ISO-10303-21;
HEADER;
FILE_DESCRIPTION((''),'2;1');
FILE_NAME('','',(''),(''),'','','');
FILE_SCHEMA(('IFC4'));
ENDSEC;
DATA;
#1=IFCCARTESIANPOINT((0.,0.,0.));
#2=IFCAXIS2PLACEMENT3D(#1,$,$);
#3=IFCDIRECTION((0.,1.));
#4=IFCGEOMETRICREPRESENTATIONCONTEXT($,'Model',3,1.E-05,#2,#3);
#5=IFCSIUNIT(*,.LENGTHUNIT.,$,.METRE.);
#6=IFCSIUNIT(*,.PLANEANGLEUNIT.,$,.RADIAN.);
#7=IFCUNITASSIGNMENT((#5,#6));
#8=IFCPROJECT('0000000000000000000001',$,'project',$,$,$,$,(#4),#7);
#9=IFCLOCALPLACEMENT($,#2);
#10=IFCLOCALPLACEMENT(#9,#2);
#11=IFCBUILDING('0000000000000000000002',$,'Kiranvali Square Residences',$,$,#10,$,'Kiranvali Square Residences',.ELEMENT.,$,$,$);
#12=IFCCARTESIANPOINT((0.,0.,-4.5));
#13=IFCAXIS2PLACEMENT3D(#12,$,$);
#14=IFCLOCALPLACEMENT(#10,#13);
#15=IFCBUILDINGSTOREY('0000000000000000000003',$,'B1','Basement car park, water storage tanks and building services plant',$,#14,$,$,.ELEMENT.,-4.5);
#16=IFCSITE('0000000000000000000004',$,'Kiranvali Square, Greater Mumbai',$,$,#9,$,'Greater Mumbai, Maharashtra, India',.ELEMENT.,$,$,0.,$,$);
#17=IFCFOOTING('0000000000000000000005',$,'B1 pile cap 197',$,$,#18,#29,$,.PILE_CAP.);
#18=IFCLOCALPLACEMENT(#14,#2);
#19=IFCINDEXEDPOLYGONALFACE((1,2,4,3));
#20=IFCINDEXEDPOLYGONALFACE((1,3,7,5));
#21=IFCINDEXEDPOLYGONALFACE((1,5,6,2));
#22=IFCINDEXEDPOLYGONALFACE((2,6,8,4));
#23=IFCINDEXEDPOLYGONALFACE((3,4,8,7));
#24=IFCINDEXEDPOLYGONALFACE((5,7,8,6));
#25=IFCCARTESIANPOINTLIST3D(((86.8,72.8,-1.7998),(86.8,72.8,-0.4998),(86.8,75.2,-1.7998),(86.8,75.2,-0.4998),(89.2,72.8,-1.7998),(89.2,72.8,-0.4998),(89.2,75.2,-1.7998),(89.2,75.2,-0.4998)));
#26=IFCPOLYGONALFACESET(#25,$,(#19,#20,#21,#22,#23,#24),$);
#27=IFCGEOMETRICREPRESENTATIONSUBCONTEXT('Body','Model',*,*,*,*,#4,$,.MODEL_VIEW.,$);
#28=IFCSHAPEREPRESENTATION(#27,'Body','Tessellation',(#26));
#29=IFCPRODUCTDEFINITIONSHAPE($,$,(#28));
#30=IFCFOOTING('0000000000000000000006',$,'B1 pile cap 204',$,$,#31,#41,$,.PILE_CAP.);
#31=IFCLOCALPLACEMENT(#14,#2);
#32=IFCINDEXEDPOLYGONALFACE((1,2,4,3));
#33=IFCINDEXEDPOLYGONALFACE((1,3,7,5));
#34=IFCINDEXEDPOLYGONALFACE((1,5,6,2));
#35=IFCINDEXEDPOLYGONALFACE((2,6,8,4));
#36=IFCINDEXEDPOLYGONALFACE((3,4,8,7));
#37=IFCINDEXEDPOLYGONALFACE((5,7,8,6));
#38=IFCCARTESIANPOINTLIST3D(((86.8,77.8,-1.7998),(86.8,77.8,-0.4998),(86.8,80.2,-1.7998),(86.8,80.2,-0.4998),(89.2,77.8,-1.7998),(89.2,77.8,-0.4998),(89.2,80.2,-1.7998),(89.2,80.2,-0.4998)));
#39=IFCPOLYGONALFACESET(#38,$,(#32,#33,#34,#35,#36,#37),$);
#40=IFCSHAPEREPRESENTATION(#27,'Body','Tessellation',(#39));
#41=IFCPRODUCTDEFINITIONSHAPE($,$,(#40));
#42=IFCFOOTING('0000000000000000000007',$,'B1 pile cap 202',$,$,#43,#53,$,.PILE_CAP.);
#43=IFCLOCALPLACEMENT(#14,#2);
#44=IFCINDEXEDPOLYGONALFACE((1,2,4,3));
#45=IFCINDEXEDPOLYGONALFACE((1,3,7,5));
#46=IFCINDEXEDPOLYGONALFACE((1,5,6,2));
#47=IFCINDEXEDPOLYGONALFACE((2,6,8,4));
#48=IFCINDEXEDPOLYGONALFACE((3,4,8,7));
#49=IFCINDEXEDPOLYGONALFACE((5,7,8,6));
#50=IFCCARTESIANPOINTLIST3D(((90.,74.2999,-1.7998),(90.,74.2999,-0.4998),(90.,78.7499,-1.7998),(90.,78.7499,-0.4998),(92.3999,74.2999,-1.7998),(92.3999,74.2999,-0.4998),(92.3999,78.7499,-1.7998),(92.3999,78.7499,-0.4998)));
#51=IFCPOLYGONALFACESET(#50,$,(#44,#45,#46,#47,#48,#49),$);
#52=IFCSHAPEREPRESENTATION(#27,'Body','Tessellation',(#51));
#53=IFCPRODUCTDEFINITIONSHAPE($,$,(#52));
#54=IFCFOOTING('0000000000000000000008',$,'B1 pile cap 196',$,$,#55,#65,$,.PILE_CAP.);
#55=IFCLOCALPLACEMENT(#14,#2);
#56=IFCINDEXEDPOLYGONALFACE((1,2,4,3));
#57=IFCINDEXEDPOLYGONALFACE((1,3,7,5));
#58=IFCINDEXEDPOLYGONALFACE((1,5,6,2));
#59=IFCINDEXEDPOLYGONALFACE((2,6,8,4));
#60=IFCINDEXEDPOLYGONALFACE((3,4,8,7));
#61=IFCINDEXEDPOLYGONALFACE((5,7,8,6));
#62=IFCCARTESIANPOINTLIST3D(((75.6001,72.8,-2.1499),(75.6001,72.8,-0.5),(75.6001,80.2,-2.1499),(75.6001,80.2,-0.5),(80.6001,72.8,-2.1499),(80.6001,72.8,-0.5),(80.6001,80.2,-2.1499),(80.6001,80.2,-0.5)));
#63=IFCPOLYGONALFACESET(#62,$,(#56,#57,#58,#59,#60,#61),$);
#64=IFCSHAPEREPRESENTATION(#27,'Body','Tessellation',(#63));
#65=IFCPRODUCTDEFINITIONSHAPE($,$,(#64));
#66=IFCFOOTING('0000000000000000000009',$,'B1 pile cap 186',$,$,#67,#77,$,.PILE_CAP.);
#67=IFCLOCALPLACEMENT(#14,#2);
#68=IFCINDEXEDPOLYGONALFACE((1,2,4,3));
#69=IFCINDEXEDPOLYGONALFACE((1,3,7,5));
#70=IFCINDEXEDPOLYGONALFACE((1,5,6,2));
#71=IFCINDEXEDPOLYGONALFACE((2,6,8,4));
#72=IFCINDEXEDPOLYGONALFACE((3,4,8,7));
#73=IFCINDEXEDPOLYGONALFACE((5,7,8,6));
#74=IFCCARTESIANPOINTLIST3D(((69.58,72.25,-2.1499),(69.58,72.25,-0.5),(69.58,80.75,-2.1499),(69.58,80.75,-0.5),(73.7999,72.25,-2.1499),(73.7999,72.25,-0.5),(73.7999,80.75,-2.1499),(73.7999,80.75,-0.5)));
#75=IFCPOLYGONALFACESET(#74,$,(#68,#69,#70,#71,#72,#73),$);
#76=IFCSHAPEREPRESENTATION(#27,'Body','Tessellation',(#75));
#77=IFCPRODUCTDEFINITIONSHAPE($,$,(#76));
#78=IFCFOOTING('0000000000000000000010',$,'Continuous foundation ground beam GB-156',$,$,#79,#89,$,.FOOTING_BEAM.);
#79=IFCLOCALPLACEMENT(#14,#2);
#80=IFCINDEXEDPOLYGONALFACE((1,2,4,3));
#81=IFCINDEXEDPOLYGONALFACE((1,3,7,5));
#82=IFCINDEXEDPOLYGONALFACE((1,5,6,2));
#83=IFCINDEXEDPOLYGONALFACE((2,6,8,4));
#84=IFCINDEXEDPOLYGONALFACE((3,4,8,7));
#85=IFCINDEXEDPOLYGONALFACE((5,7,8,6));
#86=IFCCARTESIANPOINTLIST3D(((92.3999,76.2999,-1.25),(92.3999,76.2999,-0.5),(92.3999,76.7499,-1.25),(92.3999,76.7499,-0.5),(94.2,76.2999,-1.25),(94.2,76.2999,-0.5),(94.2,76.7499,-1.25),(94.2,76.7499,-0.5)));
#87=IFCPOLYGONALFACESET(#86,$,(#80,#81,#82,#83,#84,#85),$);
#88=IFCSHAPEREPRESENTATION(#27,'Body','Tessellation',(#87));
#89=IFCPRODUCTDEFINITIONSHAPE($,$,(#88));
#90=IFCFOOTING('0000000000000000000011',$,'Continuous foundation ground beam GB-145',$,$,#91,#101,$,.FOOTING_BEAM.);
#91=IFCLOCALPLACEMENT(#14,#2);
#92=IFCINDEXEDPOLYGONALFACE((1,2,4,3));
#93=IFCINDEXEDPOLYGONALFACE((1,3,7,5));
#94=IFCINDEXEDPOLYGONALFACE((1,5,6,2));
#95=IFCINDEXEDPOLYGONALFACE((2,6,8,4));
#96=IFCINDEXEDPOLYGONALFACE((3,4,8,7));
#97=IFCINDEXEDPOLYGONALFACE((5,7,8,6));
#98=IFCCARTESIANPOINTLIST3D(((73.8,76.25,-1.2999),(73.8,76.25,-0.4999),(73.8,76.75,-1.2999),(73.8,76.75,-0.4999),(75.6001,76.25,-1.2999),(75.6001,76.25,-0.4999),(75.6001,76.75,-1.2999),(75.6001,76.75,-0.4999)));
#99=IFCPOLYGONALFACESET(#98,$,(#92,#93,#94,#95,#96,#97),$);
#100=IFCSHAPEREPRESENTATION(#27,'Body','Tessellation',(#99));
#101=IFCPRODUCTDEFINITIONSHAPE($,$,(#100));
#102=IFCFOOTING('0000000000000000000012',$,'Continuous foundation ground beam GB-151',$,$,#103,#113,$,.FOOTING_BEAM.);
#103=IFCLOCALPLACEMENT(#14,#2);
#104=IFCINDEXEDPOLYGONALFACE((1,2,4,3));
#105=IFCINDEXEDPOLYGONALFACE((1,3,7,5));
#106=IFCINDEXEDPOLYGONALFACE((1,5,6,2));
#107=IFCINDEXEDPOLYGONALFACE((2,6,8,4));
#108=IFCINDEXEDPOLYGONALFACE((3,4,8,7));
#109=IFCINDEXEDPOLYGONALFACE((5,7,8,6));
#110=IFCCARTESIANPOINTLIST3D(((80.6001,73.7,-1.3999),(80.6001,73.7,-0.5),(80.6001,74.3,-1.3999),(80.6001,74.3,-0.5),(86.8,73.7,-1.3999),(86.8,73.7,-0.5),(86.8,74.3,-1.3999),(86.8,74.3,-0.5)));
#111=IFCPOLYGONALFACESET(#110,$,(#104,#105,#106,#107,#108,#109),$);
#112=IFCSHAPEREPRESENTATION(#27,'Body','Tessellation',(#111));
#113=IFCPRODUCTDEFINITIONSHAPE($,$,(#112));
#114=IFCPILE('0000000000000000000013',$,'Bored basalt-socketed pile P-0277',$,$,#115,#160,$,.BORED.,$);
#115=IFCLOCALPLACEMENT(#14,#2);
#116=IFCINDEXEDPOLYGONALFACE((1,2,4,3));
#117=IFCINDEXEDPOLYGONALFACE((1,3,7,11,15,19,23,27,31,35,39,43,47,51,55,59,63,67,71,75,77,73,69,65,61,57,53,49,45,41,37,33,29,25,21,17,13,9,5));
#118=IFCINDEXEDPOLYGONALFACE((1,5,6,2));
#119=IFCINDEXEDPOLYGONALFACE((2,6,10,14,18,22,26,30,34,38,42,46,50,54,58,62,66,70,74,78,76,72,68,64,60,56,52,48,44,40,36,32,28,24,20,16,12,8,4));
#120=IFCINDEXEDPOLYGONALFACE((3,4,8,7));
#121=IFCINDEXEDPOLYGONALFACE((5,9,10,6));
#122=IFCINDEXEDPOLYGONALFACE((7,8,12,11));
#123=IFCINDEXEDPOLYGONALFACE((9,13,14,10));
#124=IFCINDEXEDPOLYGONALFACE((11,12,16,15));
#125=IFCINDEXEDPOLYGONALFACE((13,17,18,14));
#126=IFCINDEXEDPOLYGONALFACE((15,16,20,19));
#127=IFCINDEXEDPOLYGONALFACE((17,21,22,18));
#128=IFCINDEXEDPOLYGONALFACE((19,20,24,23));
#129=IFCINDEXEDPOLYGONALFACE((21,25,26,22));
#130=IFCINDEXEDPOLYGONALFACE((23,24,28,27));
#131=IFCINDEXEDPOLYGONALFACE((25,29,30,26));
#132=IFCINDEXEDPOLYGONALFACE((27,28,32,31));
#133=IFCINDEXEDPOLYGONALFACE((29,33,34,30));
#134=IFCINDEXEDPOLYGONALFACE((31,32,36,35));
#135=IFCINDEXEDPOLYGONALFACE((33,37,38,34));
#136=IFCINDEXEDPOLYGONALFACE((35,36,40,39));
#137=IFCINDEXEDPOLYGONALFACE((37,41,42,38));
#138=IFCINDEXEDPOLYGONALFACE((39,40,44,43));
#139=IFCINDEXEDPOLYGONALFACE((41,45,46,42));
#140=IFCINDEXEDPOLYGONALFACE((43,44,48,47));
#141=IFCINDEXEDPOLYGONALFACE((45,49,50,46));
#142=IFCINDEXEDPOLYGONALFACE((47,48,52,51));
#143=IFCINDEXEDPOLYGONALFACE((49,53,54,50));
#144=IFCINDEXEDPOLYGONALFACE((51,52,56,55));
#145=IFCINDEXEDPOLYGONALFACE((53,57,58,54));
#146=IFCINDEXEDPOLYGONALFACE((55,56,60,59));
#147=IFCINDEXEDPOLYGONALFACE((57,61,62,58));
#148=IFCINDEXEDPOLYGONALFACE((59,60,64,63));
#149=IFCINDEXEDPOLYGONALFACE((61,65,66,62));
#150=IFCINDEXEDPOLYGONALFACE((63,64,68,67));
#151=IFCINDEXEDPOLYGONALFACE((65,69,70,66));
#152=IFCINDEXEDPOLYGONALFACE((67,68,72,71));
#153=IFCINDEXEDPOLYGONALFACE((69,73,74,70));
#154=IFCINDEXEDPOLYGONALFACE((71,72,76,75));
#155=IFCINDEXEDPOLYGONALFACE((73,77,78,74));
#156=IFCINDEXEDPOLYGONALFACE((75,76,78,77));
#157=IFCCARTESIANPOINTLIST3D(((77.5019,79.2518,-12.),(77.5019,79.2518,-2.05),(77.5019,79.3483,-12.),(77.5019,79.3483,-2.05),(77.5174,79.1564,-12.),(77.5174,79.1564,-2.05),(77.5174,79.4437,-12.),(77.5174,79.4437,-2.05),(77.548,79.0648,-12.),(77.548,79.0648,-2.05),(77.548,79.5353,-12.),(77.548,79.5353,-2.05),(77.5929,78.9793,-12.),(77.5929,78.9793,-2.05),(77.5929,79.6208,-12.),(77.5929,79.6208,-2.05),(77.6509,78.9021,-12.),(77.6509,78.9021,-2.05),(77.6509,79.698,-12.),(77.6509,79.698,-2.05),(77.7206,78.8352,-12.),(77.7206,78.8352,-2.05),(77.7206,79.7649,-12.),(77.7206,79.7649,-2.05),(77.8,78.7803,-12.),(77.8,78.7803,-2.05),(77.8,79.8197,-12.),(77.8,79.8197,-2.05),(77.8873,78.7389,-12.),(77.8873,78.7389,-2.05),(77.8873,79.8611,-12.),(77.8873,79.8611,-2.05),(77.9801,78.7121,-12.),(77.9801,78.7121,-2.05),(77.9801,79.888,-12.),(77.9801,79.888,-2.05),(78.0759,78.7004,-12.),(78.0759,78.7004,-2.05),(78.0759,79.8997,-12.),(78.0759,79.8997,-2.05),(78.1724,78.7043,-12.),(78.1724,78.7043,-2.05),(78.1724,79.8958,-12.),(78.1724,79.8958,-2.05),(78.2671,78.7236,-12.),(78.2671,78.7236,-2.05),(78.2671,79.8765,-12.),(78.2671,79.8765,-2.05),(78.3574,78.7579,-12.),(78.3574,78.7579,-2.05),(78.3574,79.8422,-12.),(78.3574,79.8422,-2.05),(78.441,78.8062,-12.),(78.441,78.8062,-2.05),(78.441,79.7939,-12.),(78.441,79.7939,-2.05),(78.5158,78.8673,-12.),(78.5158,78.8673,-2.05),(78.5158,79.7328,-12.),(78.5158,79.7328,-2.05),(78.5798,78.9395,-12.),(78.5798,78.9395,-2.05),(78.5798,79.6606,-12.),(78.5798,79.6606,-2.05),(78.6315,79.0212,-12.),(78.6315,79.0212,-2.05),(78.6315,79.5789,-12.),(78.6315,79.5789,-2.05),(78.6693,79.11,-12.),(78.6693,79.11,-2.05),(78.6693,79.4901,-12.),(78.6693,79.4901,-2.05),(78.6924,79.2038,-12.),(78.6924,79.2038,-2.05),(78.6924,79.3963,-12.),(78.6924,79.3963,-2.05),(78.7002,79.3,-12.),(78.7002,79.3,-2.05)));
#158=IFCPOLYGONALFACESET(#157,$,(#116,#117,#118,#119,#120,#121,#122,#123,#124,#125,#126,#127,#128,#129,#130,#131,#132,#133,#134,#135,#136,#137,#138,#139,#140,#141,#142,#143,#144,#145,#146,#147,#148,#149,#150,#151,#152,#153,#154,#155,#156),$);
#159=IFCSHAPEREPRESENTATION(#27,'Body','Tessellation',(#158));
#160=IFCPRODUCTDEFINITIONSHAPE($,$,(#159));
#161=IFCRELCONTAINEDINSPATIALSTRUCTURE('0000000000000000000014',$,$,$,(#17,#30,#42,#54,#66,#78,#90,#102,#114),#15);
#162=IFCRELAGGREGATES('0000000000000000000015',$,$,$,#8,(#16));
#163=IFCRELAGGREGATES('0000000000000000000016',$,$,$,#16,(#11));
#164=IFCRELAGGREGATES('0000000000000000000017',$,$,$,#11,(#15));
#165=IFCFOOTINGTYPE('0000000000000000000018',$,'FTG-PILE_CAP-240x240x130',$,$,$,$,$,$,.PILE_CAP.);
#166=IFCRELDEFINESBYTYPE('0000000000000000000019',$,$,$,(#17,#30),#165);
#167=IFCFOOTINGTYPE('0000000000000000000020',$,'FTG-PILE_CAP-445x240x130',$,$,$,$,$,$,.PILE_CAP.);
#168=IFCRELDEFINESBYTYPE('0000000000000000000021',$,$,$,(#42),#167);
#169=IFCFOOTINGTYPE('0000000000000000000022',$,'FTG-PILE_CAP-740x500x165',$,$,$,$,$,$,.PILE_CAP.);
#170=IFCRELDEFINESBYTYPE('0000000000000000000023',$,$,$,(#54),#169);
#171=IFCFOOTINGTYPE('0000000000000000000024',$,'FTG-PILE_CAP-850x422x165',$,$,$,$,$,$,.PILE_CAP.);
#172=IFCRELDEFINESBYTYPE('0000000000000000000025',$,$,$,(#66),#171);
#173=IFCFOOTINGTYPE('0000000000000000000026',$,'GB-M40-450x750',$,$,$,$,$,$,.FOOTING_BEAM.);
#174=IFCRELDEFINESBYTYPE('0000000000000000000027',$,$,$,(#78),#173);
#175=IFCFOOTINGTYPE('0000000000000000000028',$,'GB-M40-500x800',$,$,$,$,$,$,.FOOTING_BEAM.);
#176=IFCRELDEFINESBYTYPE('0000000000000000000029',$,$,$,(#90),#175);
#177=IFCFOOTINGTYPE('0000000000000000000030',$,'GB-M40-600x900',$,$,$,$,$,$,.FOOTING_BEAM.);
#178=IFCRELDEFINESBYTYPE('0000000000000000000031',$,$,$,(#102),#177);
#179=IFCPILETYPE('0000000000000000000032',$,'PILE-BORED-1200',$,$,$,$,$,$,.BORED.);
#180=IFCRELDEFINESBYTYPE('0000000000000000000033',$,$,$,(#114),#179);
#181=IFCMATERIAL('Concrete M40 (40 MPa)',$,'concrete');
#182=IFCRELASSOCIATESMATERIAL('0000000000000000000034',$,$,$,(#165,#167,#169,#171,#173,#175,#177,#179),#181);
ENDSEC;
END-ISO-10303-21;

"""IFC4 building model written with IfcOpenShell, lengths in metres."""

from ifc_helpers import new_model, si_unit, direction, frame, origin, origin_2d, place, context, subcontext, project, spatial, rectangle, circle, extrude, material, material_profile, profile_set, type_object, element, save


model = new_model("IFC4")

# Units and contexts
model_context = context("Model", 3, precision=1e-05, world=origin(), true_north=direction((0.0, 1.0)))
body_context = subcontext(model_context, "Body", "Model", "MODEL_VIEW")
ifc_project = project(units=[si_unit("LENGTHUNIT", "METRE"), si_unit("PLANEANGLEUNIT", "RADIAN")], contexts=[model_context])

# Site, building, storey
site_placement = place(None, origin())
site = spatial("IfcSite", under=ifc_project, at=site_placement, Name="Kiranvali Square, Greater Mumbai", LongName="Greater Mumbai, Maharashtra, India", CompositionType="ELEMENT", RefElevation=0.0)
building_placement = place(site_placement, origin())
building = spatial("IfcBuilding", under=site, at=building_placement, Name="Kiranvali Square Residences", LongName="Kiranvali Square Residences", CompositionType="ELEMENT")
storey_placement = place(building_placement, frame((0.0, 0.0, -4.5)))
storey = spatial("IfcBuildingStorey", under=building, at=storey_placement, Name="B1", Description="Basement car park, water storage tanks and building services plant", CompositionType="ELEMENT", Elevation=-4.5)

# Footings
ifc_material_1 = material(Name="Concrete M40 (40 MPa)", Category="concrete")
footing_type_1 = type_object("IfcFootingType", Name="FTG-PILE_CAP-240x240x130", PredefinedType="PILE_CAP", material=ifc_material_1)
for number, where, z_axis, x_axis, name in (
    (1, (88.0, 74.0, -1.7998), (0.0, 0.0, 1.0), (1.0, 0.0, 0.0), "B1 pile cap 197"),
    (2, (88.0, 79.0, -1.7998), (0.0, 0.0, 1.0), (1.0, 0.0, 0.0), "B1 pile cap 204"),
):
    element("IfcFooting", number, at=place(storey_placement, frame(where, z_axis=z_axis, x_axis=x_axis)), inside=storey, type_object=footing_type_1, Name=name, PredefinedType="PILE_CAP", context=body_context, shape_type="SweptSolid", body=[
        extrude(rectangle(XDim=2.3999, YDim=2.3999, at=origin_2d()), origin(), (0.0, 0.0, 1.0), 1.3),
    ])
footing_type_2 = type_object("IfcFootingType", Name="FTG-PILE_CAP-445x240x130", PredefinedType="PILE_CAP", material=ifc_material_1)
footing_1_placement = place(storey_placement, frame((91.2, 76.5249, -1.7998), z_axis=(0.0, 0.0, 1.0), x_axis=(0.0, 1.0, 0.0)))
element("IfcFooting", 3, at=footing_1_placement, inside=storey, type_object=footing_type_2, Name="B1 pile cap 202", PredefinedType="PILE_CAP", context=body_context, shape_type="SweptSolid", body=[
    extrude(rectangle(XDim=4.45, YDim=2.3999, at=origin_2d()), origin(), (0.0, 0.0, 1.0), 1.3),
])
footing_type_3 = type_object("IfcFootingType", Name="FTG-PILE_CAP-740x500x165", PredefinedType="PILE_CAP", material=ifc_material_1)
footing_2_placement = place(storey_placement, frame((78.1001, 76.5, -2.1499), z_axis=(0.0, 0.0, 1.0), x_axis=(0.0, 1.0, 0.0)))
element("IfcFooting", 4, at=footing_2_placement, inside=storey, type_object=footing_type_3, Name="B1 pile cap 196", PredefinedType="PILE_CAP", context=body_context, shape_type="SweptSolid", body=[
    extrude(rectangle(XDim=7.3999, YDim=5.0, at=origin_2d()), origin(), (0.0, 0.0, 1.0), 1.6499),
])
footing_type_4 = type_object("IfcFootingType", Name="FTG-PILE_CAP-850x422x165", PredefinedType="PILE_CAP", material=ifc_material_1)
footing_3_placement = place(storey_placement, frame((71.6899, 76.5, -2.1499), z_axis=(0.0, 0.0, 1.0), x_axis=(0.0, 1.0, 0.0)))
element("IfcFooting", 5, at=footing_3_placement, inside=storey, type_object=footing_type_4, Name="B1 pile cap 186", PredefinedType="PILE_CAP", context=body_context, shape_type="SweptSolid", body=[
    extrude(rectangle(XDim=8.5, YDim=4.22, at=origin_2d()), origin(), (0.0, 0.0, 1.0), 1.6499),
])
ifc_material_profile_1 = material_profile(ifc_material_1, rectangle(XDim=0.45, YDim=0.75, at=origin_2d()), Name="GB 450x750")
ifc_profile_set_1 = profile_set([ifc_material_profile_1], Name="Concrete M40 (40 MPa)")
footing_type_5 = type_object("IfcFootingType", Name="GB-M40-450x750", PredefinedType="FOOTING_BEAM", material=ifc_profile_set_1)
footing_4_placement = place(storey_placement, frame((92.3999, 76.5249, -0.875), z_axis=(1.0, 0.0, 0.0), x_axis=(0.0, 1.0, 0.0)))
element("IfcFooting", 6, at=footing_4_placement, inside=storey, type_object=footing_type_5, Name="Continuous foundation ground beam GB-156", PredefinedType="FOOTING_BEAM", context=body_context, shape_type="SweptSolid", body=[
    extrude(rectangle(XDim=0.45, YDim=0.75, at=origin_2d()), origin(), (0.0, 0.0, 1.0), 1.8),
])
ifc_material_profile_2 = material_profile(ifc_material_1, rectangle(XDim=0.5, YDim=0.8, at=origin_2d()), Name="GB 500x800")
ifc_profile_set_2 = profile_set([ifc_material_profile_2], Name="Concrete M40 (40 MPa)")
footing_type_6 = type_object("IfcFootingType", Name="GB-M40-500x800", PredefinedType="FOOTING_BEAM", material=ifc_profile_set_2)
footing_5_placement = place(storey_placement, frame((73.8, 76.5, -0.8999), z_axis=(1.0, 0.0, 0.0), x_axis=(0.0, 1.0, 0.0)))
element("IfcFooting", 7, at=footing_5_placement, inside=storey, type_object=footing_type_6, Name="Continuous foundation ground beam GB-145", PredefinedType="FOOTING_BEAM", context=body_context, shape_type="SweptSolid", body=[
    extrude(rectangle(XDim=0.5, YDim=0.8, at=origin_2d()), origin(), (0.0, 0.0, 1.0), 1.8),
])
ifc_material_profile_3 = material_profile(ifc_material_1, rectangle(XDim=0.6001, YDim=0.8999, at=origin_2d()), Name="GB 600x900")
ifc_profile_set_3 = profile_set([ifc_material_profile_3], Name="Concrete M40 (40 MPa)")
footing_type_7 = type_object("IfcFootingType", Name="GB-M40-600x900", PredefinedType="FOOTING_BEAM", material=ifc_profile_set_3)
footing_6_placement = place(storey_placement, frame((80.6001, 74.0, -0.95), z_axis=(1.0, 0.0, 0.0), x_axis=(0.0, 1.0, 0.0)))
element("IfcFooting", 8, at=footing_6_placement, inside=storey, type_object=footing_type_7, Name="Continuous foundation ground beam GB-151", PredefinedType="FOOTING_BEAM", context=body_context, shape_type="SweptSolid", body=[
    extrude(rectangle(XDim=0.6001, YDim=0.8999, at=origin_2d()), origin(), (0.0, 0.0, 1.0), 6.2),
])

# Pile
ifc_material_profile_4 = material_profile(ifc_material_1, circle(Radius=0.6001, at=origin_2d()), Name="BORED PILE 1200")
ifc_profile_set_4 = profile_set([ifc_material_profile_4], Name="Concrete M40 (40 MPa)")
pile_type_1 = type_object("IfcPileType", Name="PILE-BORED-1200", PredefinedType="BORED", material=ifc_profile_set_4)
pile_1_placement = place(storey_placement, frame((78.1001, 79.3, -2.05), z_axis=(0.0, 0.0, -1.0), x_axis=(1.0, 0.0, 0.0)))
element("IfcPile", 9, at=pile_1_placement, inside=storey, type_object=pile_type_1, Name="Bored basalt-socketed pile P-0277", PredefinedType="BORED", context=body_context, shape_type="SweptSolid", body=[
    extrude(circle(Radius=0.6001, at=origin_2d()), origin(), (0.0, 0.0, 1.0), 9.95),
])

save(model, "model.ifc")
